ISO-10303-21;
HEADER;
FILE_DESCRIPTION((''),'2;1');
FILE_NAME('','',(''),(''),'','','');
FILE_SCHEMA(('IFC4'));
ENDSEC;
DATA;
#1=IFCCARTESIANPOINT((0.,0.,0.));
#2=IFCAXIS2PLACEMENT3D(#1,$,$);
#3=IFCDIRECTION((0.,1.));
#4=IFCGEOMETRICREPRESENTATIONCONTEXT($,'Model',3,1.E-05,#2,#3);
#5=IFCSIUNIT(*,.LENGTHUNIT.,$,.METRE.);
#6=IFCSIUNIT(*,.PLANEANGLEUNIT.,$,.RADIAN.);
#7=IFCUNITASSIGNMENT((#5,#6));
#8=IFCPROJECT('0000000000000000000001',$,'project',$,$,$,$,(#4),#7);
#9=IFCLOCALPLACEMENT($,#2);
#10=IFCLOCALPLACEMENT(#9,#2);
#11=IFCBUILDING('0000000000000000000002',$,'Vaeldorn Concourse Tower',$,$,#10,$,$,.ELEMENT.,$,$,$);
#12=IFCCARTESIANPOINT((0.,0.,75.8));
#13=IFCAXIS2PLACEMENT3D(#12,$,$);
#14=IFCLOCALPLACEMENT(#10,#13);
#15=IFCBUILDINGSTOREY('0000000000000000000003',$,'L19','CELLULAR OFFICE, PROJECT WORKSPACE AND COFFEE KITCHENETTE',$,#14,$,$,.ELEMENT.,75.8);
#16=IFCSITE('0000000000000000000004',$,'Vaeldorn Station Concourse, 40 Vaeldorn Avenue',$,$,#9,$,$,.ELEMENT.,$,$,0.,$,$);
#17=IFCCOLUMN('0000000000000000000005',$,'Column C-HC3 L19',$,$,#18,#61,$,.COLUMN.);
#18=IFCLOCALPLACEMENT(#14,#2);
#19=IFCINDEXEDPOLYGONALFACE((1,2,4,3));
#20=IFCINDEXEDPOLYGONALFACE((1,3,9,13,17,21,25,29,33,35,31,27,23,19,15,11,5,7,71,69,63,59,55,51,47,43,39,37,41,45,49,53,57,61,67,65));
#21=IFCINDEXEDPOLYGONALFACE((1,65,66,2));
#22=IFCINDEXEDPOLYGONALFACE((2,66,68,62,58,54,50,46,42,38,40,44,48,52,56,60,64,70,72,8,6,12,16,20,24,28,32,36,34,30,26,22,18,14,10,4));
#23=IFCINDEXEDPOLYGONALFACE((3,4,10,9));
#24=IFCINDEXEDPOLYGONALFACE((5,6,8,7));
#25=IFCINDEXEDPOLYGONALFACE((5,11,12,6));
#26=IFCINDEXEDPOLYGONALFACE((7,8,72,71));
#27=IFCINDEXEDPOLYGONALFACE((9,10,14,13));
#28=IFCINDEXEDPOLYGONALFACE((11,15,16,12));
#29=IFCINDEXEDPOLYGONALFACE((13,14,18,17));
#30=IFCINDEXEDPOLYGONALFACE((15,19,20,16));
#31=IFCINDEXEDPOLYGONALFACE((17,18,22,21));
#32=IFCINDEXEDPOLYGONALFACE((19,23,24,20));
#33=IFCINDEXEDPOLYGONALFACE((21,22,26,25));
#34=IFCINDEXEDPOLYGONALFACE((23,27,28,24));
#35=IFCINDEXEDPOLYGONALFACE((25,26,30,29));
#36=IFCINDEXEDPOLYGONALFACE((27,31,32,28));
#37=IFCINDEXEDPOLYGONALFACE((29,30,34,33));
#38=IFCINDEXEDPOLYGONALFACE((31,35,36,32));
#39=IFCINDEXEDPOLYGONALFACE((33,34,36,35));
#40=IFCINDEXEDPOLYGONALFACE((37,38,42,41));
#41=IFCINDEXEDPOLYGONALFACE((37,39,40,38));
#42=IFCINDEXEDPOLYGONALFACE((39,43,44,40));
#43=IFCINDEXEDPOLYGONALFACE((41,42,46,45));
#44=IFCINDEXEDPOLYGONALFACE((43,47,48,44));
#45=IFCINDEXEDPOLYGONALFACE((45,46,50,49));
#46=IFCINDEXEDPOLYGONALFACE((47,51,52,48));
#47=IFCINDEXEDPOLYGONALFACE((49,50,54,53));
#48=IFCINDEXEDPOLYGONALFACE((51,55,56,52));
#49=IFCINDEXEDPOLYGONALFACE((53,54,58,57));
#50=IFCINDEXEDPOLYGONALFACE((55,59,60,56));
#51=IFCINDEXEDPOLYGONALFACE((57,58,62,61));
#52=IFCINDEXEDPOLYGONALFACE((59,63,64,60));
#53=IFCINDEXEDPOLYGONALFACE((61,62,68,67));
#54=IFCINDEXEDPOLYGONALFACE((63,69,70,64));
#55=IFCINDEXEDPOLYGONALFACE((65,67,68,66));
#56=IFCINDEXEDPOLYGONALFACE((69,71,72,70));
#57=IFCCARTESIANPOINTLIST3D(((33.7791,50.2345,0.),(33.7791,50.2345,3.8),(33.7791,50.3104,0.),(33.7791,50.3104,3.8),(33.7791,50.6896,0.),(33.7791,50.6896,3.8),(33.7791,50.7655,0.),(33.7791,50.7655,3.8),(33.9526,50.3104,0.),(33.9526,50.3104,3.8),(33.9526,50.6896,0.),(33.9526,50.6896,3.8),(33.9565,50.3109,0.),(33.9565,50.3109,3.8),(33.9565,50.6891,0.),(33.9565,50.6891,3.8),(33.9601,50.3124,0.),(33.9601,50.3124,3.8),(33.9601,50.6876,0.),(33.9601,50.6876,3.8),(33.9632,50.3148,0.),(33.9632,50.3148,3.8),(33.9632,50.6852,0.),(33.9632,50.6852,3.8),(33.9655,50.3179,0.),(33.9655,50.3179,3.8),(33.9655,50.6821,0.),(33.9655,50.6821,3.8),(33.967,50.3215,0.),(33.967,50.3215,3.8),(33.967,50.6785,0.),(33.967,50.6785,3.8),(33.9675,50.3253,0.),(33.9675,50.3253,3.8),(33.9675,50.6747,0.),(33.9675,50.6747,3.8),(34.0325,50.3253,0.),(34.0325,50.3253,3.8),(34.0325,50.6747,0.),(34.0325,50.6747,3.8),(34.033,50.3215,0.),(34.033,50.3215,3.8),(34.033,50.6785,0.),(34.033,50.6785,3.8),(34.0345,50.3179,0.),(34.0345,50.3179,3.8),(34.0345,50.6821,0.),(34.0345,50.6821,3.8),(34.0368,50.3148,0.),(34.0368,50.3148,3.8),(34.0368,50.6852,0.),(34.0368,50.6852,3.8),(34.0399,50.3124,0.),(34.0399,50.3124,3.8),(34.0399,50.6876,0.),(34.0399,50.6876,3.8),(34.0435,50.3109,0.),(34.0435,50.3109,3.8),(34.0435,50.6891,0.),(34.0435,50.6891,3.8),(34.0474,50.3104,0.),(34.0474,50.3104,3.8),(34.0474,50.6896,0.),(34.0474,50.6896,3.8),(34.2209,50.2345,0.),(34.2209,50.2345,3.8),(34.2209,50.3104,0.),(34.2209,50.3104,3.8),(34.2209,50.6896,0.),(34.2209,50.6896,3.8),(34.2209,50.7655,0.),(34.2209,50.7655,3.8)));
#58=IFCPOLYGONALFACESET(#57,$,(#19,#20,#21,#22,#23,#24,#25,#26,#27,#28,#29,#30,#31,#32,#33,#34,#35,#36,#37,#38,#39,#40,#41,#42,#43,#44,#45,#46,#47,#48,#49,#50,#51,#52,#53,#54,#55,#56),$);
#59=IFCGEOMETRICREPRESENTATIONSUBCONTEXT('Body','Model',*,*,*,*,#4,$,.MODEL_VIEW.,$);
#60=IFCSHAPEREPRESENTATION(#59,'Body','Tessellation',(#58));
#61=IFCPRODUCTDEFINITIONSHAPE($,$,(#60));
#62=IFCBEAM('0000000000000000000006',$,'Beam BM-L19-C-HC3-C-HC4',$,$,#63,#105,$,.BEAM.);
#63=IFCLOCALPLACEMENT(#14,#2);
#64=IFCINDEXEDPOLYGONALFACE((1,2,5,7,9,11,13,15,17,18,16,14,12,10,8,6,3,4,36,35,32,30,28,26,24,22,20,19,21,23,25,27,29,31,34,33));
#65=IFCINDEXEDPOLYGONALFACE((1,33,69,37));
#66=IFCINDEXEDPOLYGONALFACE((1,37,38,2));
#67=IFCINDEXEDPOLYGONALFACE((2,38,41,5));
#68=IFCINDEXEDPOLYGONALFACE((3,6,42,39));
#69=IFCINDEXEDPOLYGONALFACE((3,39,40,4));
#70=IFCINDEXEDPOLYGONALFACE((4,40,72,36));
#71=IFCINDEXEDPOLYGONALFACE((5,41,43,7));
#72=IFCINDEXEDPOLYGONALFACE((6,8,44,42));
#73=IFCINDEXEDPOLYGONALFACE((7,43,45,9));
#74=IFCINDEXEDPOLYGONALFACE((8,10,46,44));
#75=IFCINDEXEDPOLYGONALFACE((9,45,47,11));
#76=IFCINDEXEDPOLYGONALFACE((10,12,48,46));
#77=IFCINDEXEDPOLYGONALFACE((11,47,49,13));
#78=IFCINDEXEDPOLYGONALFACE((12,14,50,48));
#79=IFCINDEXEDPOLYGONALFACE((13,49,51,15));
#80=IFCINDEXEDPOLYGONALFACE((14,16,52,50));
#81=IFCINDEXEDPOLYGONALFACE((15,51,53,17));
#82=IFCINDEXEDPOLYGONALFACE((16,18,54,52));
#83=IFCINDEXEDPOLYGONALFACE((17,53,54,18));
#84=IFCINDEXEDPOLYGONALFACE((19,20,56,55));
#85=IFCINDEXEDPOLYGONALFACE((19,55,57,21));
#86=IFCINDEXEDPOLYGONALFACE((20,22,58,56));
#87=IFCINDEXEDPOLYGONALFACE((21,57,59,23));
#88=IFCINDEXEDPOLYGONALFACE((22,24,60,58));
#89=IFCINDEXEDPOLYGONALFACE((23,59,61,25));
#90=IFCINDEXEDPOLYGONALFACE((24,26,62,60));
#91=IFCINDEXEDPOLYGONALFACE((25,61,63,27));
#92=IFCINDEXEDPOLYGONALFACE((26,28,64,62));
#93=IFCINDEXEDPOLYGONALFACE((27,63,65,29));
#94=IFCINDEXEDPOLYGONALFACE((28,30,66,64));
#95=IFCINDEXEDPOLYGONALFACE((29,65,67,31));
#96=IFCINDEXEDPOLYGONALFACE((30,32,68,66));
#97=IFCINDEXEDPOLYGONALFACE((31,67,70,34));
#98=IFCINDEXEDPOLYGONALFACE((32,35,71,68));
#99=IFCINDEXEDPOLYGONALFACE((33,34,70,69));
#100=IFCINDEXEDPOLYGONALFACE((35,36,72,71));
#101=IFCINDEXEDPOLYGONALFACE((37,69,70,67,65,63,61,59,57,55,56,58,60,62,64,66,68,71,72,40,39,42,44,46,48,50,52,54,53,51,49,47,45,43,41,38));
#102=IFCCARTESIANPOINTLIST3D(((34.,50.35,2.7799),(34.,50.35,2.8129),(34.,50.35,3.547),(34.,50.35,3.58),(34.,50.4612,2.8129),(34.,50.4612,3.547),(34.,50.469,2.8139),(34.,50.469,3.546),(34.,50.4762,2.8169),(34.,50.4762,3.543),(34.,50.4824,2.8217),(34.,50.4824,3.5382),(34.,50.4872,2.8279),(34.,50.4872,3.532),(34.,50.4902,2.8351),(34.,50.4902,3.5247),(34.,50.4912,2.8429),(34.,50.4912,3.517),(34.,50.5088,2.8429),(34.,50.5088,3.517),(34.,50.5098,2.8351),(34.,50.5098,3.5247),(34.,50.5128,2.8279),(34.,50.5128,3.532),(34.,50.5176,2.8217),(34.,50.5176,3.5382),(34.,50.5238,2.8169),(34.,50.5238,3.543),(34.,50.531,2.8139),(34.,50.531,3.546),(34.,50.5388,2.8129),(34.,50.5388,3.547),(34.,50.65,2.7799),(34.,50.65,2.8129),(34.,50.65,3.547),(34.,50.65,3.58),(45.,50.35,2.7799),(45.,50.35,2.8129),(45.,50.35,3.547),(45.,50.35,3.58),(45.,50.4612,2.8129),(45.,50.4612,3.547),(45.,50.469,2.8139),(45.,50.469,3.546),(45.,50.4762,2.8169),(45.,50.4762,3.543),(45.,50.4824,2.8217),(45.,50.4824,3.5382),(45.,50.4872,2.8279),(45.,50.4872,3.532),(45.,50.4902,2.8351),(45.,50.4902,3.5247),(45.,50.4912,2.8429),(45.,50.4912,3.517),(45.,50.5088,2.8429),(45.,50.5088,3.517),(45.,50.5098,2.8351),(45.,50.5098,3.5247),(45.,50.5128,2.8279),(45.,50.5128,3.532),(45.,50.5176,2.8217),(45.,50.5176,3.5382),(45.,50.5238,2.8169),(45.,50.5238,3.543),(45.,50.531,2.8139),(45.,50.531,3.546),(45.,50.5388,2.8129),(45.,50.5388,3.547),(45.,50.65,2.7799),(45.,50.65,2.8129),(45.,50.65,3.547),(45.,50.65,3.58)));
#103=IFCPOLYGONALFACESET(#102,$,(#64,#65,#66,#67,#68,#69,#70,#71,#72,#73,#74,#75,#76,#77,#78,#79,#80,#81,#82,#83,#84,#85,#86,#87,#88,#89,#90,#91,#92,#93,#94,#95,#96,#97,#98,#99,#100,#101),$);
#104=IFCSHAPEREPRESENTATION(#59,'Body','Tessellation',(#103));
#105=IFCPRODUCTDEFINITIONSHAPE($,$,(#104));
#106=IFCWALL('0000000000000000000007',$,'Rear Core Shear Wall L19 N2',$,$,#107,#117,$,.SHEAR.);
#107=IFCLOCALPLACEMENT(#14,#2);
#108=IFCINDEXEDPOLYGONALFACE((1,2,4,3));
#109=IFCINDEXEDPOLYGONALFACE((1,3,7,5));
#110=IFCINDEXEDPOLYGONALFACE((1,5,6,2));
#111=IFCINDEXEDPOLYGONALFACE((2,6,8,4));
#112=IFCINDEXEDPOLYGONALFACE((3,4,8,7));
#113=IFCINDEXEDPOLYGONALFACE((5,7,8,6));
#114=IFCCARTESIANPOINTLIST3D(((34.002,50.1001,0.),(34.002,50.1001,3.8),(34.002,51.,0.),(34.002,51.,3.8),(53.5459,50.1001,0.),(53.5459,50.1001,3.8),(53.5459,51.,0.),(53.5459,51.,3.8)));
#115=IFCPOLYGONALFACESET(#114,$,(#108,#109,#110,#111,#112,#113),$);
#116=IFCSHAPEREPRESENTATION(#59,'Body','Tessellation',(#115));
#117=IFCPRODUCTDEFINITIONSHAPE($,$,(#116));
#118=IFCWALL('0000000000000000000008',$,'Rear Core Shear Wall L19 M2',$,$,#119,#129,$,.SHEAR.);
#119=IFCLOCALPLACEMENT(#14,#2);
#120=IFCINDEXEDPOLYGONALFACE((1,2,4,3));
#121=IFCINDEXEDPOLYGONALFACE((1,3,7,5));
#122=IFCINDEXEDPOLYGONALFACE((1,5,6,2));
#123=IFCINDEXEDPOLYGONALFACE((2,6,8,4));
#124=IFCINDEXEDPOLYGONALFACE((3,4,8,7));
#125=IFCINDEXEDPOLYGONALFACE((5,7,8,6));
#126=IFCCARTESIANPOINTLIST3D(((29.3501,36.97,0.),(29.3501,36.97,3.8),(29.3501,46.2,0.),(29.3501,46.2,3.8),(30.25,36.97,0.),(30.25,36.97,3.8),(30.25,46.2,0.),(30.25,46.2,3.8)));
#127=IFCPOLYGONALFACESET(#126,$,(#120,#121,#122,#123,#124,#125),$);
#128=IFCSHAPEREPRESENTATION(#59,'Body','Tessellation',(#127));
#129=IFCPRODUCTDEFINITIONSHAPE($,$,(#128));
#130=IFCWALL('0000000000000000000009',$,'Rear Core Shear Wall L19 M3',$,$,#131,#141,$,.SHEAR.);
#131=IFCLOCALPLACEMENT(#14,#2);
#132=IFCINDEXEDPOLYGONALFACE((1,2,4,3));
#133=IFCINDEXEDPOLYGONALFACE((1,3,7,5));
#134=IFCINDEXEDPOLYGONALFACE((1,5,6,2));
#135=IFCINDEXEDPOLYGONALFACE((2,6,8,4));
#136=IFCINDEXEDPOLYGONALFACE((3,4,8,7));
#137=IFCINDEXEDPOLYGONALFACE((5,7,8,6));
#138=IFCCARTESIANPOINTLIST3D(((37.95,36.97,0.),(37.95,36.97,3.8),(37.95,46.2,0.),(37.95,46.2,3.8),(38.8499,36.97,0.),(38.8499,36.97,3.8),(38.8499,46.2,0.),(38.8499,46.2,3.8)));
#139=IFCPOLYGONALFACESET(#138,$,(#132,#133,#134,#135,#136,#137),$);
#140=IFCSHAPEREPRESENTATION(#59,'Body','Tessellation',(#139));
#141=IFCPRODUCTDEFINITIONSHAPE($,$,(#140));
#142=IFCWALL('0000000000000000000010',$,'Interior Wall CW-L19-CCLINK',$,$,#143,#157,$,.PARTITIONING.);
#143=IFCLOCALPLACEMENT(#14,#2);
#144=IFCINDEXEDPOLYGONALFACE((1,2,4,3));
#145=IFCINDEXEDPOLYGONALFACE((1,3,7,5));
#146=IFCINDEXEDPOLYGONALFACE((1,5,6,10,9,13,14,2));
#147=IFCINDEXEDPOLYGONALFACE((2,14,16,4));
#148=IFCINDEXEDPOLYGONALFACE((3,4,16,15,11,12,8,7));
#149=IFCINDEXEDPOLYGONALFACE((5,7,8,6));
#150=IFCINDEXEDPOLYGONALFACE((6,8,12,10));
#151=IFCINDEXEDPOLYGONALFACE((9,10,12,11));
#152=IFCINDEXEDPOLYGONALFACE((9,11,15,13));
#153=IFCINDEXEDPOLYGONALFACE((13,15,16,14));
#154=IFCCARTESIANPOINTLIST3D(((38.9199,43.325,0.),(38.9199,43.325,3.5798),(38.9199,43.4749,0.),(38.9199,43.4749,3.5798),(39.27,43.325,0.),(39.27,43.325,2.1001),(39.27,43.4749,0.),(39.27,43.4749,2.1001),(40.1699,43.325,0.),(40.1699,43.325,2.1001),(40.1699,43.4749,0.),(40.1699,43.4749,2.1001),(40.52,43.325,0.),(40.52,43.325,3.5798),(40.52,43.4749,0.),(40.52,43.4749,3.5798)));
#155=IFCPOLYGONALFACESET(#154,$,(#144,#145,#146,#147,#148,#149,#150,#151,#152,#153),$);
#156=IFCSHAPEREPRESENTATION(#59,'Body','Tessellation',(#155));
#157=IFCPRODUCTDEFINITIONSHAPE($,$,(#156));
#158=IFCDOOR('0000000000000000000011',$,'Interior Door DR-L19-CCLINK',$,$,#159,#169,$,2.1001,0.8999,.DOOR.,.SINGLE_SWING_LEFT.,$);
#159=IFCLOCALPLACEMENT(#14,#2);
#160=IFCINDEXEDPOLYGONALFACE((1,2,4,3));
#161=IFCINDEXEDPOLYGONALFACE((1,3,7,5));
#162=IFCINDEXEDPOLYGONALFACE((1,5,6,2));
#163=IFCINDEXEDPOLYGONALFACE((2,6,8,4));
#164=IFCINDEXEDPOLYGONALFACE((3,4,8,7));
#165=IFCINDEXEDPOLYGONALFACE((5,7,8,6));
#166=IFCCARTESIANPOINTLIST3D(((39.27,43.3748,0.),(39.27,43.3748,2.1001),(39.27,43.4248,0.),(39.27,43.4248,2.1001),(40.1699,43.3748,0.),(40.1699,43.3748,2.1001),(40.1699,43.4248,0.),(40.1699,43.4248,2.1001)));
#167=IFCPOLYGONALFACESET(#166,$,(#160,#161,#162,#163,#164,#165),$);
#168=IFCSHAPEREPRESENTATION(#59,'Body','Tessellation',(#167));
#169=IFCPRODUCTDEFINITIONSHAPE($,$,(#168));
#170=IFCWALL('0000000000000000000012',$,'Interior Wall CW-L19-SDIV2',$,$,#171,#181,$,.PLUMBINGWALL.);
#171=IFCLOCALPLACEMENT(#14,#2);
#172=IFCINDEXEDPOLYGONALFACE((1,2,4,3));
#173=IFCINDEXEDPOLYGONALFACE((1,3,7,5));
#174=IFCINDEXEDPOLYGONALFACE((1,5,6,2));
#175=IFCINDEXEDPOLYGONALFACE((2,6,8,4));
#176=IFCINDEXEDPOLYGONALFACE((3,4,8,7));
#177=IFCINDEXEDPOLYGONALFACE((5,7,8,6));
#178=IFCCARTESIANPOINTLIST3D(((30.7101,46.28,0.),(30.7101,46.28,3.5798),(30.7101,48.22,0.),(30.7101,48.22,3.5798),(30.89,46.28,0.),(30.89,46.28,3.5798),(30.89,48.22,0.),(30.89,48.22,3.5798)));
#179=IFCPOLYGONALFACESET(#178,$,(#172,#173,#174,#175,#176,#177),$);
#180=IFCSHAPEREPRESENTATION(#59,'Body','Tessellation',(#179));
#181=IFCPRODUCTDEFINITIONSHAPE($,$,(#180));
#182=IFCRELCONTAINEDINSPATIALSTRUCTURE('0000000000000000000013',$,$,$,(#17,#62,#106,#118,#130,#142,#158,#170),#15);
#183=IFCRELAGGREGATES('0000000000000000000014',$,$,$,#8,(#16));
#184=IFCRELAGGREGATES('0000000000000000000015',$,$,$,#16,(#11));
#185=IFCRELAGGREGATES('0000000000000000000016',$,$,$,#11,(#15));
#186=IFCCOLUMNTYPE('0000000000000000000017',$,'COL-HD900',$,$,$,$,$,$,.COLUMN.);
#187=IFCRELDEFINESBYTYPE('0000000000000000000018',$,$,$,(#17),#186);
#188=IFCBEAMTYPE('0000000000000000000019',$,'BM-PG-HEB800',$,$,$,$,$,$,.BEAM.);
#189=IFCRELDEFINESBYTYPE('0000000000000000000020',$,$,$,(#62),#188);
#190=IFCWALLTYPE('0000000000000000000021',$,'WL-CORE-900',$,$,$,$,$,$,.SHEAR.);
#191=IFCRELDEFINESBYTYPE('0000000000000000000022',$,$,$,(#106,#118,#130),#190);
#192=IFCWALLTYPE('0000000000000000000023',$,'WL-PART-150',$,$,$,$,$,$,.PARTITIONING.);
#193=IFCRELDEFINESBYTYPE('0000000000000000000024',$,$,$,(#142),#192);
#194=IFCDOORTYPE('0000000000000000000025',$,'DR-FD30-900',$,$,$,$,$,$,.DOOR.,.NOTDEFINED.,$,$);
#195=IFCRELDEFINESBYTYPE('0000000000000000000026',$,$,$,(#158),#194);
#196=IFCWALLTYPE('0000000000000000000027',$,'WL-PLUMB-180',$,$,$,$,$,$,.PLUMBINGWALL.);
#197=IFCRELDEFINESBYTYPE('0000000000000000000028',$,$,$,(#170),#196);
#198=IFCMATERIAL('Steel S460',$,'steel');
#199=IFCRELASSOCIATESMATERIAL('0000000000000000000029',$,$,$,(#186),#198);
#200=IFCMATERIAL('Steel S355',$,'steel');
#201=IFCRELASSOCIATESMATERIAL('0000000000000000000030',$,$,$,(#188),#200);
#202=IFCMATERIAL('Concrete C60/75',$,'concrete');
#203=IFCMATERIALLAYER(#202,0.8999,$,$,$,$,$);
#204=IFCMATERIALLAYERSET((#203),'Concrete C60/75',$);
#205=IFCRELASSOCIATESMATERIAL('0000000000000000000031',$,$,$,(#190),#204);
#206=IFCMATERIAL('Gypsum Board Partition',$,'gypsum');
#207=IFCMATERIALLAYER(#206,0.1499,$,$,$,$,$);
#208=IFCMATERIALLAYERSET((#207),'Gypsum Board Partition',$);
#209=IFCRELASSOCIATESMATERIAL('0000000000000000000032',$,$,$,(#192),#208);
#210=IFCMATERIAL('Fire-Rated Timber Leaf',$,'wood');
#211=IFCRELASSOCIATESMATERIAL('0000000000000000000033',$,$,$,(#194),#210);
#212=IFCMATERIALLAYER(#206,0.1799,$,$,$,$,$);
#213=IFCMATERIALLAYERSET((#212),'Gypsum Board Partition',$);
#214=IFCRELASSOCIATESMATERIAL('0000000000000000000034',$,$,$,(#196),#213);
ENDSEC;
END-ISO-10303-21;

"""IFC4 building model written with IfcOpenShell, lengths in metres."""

from ifc_helpers import new_model, si_unit, direction, frame, frame_2d, origin, origin_2d, place, context, subcontext, project, spatial, rectangle, i_section, extrude, source, transform, mapped, material, layer, layer_set, material_profile, profile_set, type_object, element, fill, save


model = new_model("IFC4")

# Units and contexts
model_context = context("Model", 3, precision=1e-05, world=origin(), true_north=direction((0.0, 1.0)))
body_context = subcontext(model_context, "Body", "Model", "MODEL_VIEW")
ifc_project = project(units=[si_unit("LENGTHUNIT", "METRE"), si_unit("PLANEANGLEUNIT", "RADIAN")], contexts=[model_context])

# Site, building, storey
site_placement = place(None, origin())
site = spatial("IfcSite", under=ifc_project, at=site_placement, Name="Vaeldorn Station Concourse, 40 Vaeldorn Avenue", CompositionType="ELEMENT", RefElevation=0.0)
building_placement = place(site_placement, origin())
building = spatial("IfcBuilding", under=site, at=building_placement, Name="Vaeldorn Concourse Tower", CompositionType="ELEMENT")
storey_placement = place(building_placement, frame((0.0, 0.0, 75.8)))
storey = spatial("IfcBuildingStorey", under=building, at=storey_placement, Name="L19", Description="CELLULAR OFFICE, PROJECT WORKSPACE AND COFFEE KITCHENETTE", CompositionType="ELEMENT", Elevation=75.8)

# Column
ifc_material_1 = material(Name="Steel S460", Category="steel")
ifc_material_profile_1 = material_profile(ifc_material_1, i_section(OverallWidth=0.4419, OverallDepth=0.531, WebThickness=0.0649, FlangeThickness=0.0759, FilletRadius=0.0149, at=origin_2d()), Name="HD 400x900")
ifc_profile_set_1 = profile_set([ifc_material_profile_1], Name="Steel S460")
column_type = type_object("IfcColumnType", Name="COL-HD900", PredefinedType="COLUMN", material=ifc_profile_set_1)
shared_shape_1 = source(origin(), body_context, "Body", "SweptSolid", [
    extrude(i_section(OverallWidth=0.4419, OverallDepth=0.531, WebThickness=0.0649, FlangeThickness=0.0759, FilletRadius=0.0149, at=origin_2d()), origin(), (0.0, 0.0, 1.0), 3.8),
])
column_placement = place(storey_placement, frame((34.0, 50.5, 0.0), z_axis=(0.0, 0.0, 1.0), x_axis=(1.0, 0.0, 0.0)))
element("IfcColumn", 1, at=column_placement, inside=storey, type_object=column_type, Name="Column C-HC3 L19", PredefinedType="COLUMN", context=body_context, shape_type="MappedRepresentation", body=[
    mapped(shared_shape_1, transform((0.0, 0.0, 0.0), scale=1.0)),
])

# Beam
ifc_material_2 = material(Name="Steel S355", Category="steel")
ifc_material_profile_2 = material_profile(ifc_material_2, i_section(OverallWidth=0.3, OverallDepth=0.8, WebThickness=0.0176, FlangeThickness=0.033, FilletRadius=0.03, at=origin_2d()), Name="HEB 800")
ifc_profile_set_2 = profile_set([ifc_material_profile_2], Name="Steel S355")
beam_type = type_object("IfcBeamType", Name="BM-PG-HEB800", PredefinedType="BEAM", material=ifc_profile_set_2)
shared_shape_2 = source(origin(), body_context, "Body", "SweptSolid", [
    extrude(i_section(OverallWidth=0.3, OverallDepth=0.8, WebThickness=0.0176, FlangeThickness=0.033, FilletRadius=0.03, at=origin_2d()), origin(), (0.0, 0.0, 1.0), 11.0),
])
beam_placement = place(storey_placement, frame((34.0, 50.5, 3.1799), z_axis=(1.0, 0.0, 0.0), x_axis=(0.0, 1.0, 0.0)))
element("IfcBeam", 2, at=beam_placement, inside=storey, type_object=beam_type, Name="Beam BM-L19-C-HC3-C-HC4", PredefinedType="BEAM", context=body_context, shape_type="MappedRepresentation", body=[
    mapped(shared_shape_2, transform((0.0, 0.0, 0.0), scale=1.0)),
])

# Walls
ifc_material_3 = material(Name="Concrete C60/75", Category="concrete")
ifc_layer_1 = layer(ifc_material_3, 0.8999)
ifc_layer_set_1 = layer_set([ifc_layer_1], Name="Concrete C60/75")
wall_type_1 = type_object("IfcWallType", Name="WL-CORE-900", PredefinedType="SHEAR", material=ifc_layer_set_1)
wall_1_placement = place(storey_placement, frame((34.002, 50.55, 0.0), z_axis=(0.0, 0.0, 1.0), x_axis=(1.0, 0.0, 0.0)))
element("IfcWall", 3, at=wall_1_placement, inside=storey, type_object=wall_type_1, Name="Rear Core Shear Wall L19 N2", PredefinedType="SHEAR", context=body_context, shape_type="SweptSolid", body=[
    extrude(rectangle(XDim=19.5439, YDim=0.8999, at=frame_2d((9.772, 0.0))), origin(), (0.0, 0.0, 1.0), 3.8),
])
for number, where, z_axis, x_axis, name in (
    (4, (29.8, 36.97, 0.0), (0.0, 0.0, 1.0), (0.0, 1.0, 0.0), "Rear Core Shear Wall L19 M2"),
    (5, (38.3999, 36.97, 0.0), (0.0, 0.0, 1.0), (0.0, 1.0, 0.0), "Rear Core Shear Wall L19 M3"),
):
    element("IfcWall", number, at=place(storey_placement, frame(where, z_axis=z_axis, x_axis=x_axis)), inside=storey, type_object=wall_type_1, Name=name, PredefinedType="SHEAR", context=body_context, shape_type="SweptSolid", body=[
        extrude(rectangle(XDim=9.23, YDim=0.8999, at=frame_2d((4.615, 0.0))), origin(), (0.0, 0.0, 1.0), 3.8),
    ])

# Wall, opening, door
ifc_material_4 = material(Name="Gypsum Board Partition", Category="gypsum")
ifc_layer_2 = layer(ifc_material_4, 0.1499)
ifc_layer_set_2 = layer_set([ifc_layer_2], Name="Gypsum Board Partition")
wall_type_2 = type_object("IfcWallType", Name="WL-PART-150", PredefinedType="PARTITIONING", material=ifc_layer_set_2)
wall_2_placement = place(storey_placement, frame((38.9199, 43.3999, 0.0), z_axis=(0.0, 0.0, 1.0), x_axis=(1.0, 0.0, 0.0)))
wall_2 = element("IfcWall", 6, at=wall_2_placement, inside=storey, type_object=wall_type_2, Name="Interior Wall CW-L19-CCLINK", PredefinedType="PARTITIONING", context=body_context, shape_type="SweptSolid", body=[
    extrude(rectangle(XDim=1.6001, YDim=0.1499, at=frame_2d((0.8, 0.0))), origin(), (0.0, 0.0, 1.0), 3.5798),
])
opening_placement = place(wall_2_placement, frame((0.3501, 0.0, 0.0)))
opening = element("IfcOpeningElement", 7, at=opening_placement, cuts=wall_2, PredefinedType="OPENING", context=body_context, shape_type="SweptSolid", body=[
    extrude(rectangle(XDim=0.8999, YDim=2.1001, at=frame_2d((0.45, 1.05))), frame((0.0, 0.085, 0.0), z_axis=(0.0, -1.0, 0.0), x_axis=(1.0, 0.0, 0.0)), (0.0, 0.0, 1.0), 0.1699),
])
ifc_material_5 = material(Name="Fire-Rated Timber Leaf", Category="wood")
door_type = type_object("IfcDoorType", Name="DR-FD30-900", OperationType="NOTDEFINED", PredefinedType="DOOR", material=ifc_material_5)
shared_shape_3 = source(origin(), body_context, "Body", "SweptSolid", [
    extrude(rectangle(XDim=0.8999, YDim=2.1001, at=frame_2d((0.45, 1.05))), frame((0.0, 0.0249, 0.0), z_axis=(0.0, -1.0, 0.0), x_axis=(1.0, 0.0, 0.0)), (0.0, 0.0, 1.0), 0.05),
])
door_placement = place(opening_placement, origin())
door = element("IfcDoor", 8, at=door_placement, inside=storey, type_object=door_type, Name="Interior Door DR-L19-CCLINK", OperationType="SINGLE_SWING_LEFT", OverallHeight=2.1001, OverallWidth=0.8999, PredefinedType="DOOR", context=body_context, shape_type="MappedRepresentation", body=[
    mapped(shared_shape_3, transform((0.0, 0.0, 0.0), scale=1.0)),
])
fill(opening, door)

# Wall
ifc_layer_3 = layer(ifc_material_4, 0.1799)
ifc_layer_set_3 = layer_set([ifc_layer_3], Name="Gypsum Board Partition")
wall_type_3 = type_object("IfcWallType", Name="WL-PLUMB-180", PredefinedType="PLUMBINGWALL", material=ifc_layer_set_3)
for number, where, z_axis, x_axis, name in (
    (9, (30.8, 46.28, 0.0), (0.0, 0.0, 1.0), (0.0, 1.0, 0.0), "Interior Wall CW-L19-SDIV2"),
):
    element("IfcWall", number, at=place(storey_placement, frame(where, z_axis=z_axis, x_axis=x_axis)), inside=storey, type_object=wall_type_3, Name=name, PredefinedType="PLUMBINGWALL", context=body_context, shape_type="SweptSolid", body=[
        extrude(rectangle(XDim=1.9399, YDim=0.1799, at=frame_2d((0.97, 0.0))), origin(), (0.0, 0.0, 1.0), 3.5798),
    ])

save(model, "model.ifc")
